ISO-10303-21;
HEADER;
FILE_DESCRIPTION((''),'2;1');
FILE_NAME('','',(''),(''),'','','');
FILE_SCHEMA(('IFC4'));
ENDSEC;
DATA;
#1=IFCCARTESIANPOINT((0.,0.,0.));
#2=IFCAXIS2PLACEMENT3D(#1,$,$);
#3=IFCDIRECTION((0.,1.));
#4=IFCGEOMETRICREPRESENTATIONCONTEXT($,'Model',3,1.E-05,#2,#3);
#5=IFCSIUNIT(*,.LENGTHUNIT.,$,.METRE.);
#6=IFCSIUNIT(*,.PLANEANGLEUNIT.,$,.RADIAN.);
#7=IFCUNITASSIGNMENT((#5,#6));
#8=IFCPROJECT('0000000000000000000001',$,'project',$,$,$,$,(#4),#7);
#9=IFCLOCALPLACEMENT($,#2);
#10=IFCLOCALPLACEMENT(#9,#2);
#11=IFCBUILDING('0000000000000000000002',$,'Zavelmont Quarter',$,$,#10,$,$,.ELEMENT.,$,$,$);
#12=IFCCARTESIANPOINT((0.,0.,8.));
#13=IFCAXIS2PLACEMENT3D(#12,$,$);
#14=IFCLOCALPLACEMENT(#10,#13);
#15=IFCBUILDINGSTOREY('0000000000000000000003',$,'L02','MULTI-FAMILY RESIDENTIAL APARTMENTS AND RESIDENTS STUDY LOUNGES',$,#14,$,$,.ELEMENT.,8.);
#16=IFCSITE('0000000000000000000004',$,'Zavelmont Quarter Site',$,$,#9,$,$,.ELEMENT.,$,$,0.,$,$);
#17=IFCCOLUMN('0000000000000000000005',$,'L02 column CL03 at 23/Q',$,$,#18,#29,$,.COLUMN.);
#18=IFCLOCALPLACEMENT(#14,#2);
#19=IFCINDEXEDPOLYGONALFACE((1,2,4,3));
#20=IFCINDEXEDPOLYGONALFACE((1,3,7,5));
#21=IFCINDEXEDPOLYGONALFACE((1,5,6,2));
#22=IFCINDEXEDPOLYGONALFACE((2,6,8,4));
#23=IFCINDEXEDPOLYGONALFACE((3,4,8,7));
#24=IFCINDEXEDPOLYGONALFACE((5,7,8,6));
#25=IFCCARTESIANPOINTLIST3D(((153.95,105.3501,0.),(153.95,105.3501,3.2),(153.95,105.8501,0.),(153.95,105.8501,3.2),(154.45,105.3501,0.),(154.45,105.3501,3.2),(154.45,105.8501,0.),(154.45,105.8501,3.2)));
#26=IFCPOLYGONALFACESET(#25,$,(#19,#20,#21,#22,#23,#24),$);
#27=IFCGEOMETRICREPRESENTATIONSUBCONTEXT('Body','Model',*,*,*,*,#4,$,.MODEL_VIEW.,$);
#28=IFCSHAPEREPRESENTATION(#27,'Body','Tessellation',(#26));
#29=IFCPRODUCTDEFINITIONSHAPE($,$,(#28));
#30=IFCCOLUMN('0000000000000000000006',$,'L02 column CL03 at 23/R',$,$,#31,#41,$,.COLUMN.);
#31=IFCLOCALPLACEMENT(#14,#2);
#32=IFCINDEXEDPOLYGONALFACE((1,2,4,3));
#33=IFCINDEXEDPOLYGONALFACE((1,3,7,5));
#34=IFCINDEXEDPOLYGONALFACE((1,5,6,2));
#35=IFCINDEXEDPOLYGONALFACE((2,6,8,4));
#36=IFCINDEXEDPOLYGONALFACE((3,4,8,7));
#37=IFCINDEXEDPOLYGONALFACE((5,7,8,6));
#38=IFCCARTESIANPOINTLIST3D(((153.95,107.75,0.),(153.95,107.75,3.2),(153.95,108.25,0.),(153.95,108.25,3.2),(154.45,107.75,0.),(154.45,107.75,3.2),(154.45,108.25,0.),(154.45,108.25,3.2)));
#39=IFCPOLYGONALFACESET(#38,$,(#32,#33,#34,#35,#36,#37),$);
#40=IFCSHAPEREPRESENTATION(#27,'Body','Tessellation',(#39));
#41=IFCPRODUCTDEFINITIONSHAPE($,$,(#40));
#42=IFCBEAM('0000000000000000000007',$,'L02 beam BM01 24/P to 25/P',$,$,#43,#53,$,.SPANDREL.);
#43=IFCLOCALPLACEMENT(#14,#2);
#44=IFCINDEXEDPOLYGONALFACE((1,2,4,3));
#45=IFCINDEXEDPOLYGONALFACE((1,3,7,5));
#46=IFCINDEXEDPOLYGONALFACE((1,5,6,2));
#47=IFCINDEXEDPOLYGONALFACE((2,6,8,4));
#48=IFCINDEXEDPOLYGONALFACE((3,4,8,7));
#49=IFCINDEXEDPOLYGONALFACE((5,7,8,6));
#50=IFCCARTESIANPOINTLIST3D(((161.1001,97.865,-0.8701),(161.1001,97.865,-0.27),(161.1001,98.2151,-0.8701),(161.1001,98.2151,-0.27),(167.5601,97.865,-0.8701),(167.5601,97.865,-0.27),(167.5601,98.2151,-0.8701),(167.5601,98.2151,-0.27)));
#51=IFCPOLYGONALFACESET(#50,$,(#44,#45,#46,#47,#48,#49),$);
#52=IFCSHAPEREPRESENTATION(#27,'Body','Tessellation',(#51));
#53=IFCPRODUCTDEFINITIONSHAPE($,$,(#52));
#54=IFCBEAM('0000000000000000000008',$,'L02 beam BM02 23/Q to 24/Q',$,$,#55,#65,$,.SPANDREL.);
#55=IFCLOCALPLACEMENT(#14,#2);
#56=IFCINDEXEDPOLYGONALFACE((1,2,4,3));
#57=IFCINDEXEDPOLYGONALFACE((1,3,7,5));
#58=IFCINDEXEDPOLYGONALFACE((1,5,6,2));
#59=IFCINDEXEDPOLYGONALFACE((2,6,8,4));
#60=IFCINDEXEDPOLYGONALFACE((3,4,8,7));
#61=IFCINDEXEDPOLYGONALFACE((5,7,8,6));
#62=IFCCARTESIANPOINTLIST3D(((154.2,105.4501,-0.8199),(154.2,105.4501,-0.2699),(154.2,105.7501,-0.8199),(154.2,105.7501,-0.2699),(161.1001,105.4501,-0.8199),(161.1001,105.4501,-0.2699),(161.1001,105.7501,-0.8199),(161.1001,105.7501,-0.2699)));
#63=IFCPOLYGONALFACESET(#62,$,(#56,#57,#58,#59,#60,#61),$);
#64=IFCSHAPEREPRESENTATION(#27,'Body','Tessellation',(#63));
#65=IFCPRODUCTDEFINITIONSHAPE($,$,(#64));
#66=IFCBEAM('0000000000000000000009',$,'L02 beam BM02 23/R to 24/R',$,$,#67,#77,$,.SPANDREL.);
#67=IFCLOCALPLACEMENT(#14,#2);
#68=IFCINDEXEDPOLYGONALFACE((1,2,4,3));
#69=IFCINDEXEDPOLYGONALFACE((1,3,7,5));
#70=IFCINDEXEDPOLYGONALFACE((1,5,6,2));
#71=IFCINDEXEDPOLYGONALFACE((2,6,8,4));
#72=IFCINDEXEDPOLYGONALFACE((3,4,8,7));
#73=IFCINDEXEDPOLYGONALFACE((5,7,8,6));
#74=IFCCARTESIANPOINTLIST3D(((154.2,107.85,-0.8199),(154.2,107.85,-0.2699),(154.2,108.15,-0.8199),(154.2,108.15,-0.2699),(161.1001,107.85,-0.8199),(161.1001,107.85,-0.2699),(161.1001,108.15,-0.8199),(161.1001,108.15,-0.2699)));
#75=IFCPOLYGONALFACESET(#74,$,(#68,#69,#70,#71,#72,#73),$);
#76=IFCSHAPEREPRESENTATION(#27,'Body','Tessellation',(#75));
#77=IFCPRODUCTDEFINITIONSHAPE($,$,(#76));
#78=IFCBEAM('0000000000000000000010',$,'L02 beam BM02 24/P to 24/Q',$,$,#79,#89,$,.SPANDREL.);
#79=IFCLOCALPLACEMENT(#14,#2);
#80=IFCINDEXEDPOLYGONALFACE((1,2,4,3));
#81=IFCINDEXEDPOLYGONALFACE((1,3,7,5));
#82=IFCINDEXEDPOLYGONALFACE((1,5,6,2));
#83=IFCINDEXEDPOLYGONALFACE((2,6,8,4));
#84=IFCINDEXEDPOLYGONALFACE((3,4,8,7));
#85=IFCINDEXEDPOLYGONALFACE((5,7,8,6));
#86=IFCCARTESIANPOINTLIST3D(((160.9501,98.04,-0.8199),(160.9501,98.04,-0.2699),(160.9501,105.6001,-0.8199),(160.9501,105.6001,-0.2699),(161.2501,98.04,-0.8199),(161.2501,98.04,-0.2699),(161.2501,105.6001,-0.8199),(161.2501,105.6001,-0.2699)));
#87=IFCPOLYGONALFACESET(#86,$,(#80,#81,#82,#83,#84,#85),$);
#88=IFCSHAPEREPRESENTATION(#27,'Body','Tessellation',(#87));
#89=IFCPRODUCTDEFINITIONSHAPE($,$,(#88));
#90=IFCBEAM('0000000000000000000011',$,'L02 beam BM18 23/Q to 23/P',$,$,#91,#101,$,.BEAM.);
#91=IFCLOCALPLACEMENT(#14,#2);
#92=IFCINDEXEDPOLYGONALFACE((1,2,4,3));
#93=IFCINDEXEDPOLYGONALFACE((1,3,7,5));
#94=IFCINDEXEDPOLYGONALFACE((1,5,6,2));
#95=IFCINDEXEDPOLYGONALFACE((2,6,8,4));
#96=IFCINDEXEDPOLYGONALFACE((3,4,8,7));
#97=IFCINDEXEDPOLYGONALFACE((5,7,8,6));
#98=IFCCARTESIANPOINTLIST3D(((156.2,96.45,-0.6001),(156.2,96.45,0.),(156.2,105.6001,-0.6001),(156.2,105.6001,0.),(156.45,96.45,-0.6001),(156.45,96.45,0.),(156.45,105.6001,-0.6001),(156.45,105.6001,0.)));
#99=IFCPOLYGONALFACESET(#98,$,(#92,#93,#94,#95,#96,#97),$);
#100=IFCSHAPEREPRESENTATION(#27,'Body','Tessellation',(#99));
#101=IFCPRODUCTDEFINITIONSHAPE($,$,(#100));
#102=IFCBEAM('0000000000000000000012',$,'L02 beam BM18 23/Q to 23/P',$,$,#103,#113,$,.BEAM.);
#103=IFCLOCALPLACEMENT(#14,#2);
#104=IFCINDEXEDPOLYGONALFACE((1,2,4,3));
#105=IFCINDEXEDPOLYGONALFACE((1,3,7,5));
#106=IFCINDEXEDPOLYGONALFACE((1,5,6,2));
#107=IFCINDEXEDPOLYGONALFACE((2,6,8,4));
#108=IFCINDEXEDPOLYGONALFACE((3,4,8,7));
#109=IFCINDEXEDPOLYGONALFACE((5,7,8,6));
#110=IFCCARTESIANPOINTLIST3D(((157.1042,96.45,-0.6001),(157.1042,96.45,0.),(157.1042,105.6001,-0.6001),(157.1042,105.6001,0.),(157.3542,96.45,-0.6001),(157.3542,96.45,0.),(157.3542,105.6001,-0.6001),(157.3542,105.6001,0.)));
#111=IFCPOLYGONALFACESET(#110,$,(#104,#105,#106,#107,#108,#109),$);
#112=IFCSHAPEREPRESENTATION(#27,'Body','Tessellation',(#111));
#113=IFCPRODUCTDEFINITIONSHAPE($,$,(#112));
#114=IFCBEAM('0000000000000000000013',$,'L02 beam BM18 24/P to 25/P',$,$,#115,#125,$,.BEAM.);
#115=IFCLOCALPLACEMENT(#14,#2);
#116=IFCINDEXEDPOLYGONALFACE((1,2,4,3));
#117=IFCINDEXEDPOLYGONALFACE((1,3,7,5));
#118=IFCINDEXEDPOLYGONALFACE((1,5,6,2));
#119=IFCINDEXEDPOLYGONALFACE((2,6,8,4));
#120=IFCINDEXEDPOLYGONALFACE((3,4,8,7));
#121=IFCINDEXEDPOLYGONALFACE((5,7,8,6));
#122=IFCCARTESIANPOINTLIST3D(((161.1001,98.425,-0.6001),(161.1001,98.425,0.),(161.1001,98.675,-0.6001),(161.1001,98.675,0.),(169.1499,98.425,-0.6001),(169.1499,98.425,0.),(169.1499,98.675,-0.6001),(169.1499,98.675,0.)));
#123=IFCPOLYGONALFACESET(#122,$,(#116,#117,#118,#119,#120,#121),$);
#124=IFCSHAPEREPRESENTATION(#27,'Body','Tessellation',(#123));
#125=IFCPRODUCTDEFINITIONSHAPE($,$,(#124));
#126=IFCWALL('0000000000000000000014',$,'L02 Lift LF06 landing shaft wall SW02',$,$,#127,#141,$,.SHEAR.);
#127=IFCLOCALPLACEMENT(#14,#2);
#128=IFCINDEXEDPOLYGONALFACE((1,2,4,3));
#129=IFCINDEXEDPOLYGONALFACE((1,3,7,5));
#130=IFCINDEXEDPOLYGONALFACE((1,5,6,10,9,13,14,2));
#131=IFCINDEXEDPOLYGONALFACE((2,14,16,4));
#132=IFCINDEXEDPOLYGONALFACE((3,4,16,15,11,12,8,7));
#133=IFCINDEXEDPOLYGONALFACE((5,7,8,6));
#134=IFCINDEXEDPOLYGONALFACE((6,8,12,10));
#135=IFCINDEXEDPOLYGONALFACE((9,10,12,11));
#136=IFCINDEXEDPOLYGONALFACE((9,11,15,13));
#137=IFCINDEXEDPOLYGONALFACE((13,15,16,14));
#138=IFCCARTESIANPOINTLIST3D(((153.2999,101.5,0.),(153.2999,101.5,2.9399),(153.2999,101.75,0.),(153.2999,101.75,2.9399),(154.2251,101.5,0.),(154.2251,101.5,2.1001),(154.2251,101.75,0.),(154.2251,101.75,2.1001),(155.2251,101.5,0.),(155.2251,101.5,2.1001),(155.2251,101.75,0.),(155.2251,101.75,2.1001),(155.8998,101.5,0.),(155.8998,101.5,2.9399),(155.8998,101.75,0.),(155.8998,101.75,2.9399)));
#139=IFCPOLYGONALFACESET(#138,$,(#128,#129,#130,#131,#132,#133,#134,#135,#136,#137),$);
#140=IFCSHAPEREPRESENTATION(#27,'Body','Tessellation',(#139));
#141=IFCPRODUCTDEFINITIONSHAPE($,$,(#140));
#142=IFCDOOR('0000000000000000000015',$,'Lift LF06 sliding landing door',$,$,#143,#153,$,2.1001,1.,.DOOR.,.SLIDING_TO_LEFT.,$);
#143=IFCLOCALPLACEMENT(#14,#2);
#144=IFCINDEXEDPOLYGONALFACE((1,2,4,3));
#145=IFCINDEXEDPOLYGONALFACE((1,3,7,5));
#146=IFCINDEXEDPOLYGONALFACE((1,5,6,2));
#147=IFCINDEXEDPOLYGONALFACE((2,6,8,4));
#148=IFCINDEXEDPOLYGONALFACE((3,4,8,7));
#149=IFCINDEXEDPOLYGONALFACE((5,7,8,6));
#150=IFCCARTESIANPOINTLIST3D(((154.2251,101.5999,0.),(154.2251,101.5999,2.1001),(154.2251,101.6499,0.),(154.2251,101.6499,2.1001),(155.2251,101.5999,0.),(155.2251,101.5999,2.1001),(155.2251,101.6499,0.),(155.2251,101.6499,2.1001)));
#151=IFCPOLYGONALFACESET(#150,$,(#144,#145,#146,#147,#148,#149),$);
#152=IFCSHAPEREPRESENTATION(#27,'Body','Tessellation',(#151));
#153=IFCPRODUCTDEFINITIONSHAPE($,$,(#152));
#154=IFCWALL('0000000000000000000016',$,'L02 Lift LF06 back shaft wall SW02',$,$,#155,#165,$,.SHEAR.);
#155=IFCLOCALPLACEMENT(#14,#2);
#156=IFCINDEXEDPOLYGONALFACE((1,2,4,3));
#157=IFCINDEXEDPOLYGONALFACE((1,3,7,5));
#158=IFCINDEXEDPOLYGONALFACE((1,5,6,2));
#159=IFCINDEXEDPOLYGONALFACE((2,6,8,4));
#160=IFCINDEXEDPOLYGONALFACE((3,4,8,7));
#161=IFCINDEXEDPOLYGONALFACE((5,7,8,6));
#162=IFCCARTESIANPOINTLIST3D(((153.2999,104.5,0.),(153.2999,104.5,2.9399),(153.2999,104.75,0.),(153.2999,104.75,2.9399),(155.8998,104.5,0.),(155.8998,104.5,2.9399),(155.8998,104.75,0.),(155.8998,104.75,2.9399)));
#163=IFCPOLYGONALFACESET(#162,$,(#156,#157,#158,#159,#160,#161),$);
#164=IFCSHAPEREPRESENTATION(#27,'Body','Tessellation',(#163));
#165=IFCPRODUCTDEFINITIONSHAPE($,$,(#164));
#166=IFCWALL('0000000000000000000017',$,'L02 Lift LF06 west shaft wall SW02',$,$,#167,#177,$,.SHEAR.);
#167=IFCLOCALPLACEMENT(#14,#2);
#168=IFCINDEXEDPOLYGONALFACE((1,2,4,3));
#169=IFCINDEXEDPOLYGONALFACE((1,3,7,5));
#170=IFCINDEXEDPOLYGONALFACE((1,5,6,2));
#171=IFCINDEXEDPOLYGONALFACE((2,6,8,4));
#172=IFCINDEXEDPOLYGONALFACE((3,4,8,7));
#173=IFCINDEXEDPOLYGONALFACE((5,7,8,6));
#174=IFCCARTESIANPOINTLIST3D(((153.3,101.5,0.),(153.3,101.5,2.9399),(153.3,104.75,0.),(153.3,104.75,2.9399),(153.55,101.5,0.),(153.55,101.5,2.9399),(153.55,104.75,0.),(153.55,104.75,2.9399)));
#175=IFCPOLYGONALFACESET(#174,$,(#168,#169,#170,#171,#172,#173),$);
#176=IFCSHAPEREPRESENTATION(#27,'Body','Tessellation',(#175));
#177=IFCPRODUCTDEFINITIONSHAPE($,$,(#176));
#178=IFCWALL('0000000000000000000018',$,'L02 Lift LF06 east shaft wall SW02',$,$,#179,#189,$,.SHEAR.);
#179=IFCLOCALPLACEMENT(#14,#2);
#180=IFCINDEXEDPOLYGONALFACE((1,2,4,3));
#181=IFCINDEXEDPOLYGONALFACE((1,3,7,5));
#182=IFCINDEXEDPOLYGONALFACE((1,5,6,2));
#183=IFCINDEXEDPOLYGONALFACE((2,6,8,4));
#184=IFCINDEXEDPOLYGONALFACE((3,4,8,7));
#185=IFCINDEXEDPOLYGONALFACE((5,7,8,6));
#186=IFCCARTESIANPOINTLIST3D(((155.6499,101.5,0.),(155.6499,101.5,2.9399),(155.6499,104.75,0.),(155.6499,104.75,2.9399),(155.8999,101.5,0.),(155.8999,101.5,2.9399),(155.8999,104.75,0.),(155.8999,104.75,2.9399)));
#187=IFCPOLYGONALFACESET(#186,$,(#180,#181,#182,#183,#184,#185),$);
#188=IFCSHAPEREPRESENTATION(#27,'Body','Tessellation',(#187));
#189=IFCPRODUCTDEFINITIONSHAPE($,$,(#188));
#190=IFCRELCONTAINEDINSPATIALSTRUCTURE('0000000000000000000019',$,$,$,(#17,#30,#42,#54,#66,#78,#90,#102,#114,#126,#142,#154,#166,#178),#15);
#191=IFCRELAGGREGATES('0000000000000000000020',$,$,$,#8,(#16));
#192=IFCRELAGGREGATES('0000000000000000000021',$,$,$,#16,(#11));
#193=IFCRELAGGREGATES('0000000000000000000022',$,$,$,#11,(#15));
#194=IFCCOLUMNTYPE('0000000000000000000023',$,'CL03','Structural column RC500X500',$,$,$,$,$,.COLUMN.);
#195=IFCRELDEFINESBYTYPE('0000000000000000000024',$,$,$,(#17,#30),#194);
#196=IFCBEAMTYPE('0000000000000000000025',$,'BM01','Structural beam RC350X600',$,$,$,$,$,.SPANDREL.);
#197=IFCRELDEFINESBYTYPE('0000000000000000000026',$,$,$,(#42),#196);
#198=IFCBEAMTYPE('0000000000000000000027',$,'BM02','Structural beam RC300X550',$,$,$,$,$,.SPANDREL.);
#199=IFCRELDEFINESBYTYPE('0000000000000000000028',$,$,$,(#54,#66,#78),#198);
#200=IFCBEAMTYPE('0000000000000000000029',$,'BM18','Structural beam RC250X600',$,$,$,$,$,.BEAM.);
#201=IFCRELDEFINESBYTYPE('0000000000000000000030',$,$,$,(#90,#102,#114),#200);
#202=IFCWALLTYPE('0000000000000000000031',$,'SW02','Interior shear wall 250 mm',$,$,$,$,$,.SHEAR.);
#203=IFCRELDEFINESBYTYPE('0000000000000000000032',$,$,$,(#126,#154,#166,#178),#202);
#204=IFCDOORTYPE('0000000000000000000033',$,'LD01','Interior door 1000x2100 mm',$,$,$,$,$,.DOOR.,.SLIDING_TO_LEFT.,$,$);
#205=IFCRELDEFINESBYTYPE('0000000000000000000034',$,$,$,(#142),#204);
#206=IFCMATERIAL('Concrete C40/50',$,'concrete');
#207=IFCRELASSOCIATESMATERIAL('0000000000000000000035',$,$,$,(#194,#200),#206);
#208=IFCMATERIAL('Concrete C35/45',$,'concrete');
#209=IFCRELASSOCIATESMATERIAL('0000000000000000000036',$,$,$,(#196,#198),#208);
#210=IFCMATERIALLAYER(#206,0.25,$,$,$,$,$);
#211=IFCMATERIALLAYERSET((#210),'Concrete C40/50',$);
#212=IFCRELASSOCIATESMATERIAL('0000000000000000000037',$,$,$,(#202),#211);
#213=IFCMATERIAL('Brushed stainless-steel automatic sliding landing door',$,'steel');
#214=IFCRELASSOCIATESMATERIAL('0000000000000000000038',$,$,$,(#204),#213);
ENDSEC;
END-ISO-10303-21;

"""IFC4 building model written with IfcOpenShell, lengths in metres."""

from ifc_helpers import new_model, si_unit, direction, frame, frame_2d, origin, origin_with_axes, origin_2d, place, context, subcontext, project, spatial, rectangle, extrude, material, layer, layer_set, material_profile, profile_set, type_object, element, fill, save


model = new_model("IFC4")

# Units and contexts
model_context = context("Model", 3, precision=1e-05, world=origin(), true_north=direction((0.0, 1.0)))
body_context = subcontext(model_context, "Body", "Model", "MODEL_VIEW")
ifc_project = project(units=[si_unit("LENGTHUNIT", "METRE"), si_unit("PLANEANGLEUNIT", "RADIAN")], contexts=[model_context])

# Site, building, storey
site_placement = place(None, origin())
site = spatial("IfcSite", under=ifc_project, at=site_placement, Name="Zavelmont Quarter Site", CompositionType="ELEMENT", RefElevation=0.0)
building_placement = place(site_placement, origin())
building = spatial("IfcBuilding", under=site, at=building_placement, Name="Zavelmont Quarter", CompositionType="ELEMENT")
storey_placement = place(building_placement, frame((0.0, 0.0, 8.0)))
storey = spatial("IfcBuildingStorey", under=building, at=storey_placement, Name="L02", Description="MULTI-FAMILY RESIDENTIAL APARTMENTS AND RESIDENTS STUDY LOUNGES", CompositionType="ELEMENT", Elevation=8.0)

# Columns
ifc_material_1 = material(Name="Concrete C40/50", Category="concrete")
ifc_material_profile_1 = material_profile(ifc_material_1, rectangle(XDim=0.5, YDim=0.5, at=origin_2d()), Name="RC500X500")
ifc_profile_set_1 = profile_set([ifc_material_profile_1], Name="Concrete C40/50")
column_type = type_object("IfcColumnType", Name="CL03", Description="Structural column RC500X500", PredefinedType="COLUMN", material=ifc_profile_set_1)
for number, where, z_axis, x_axis, name in (
    (1, (154.2, 105.6001, 0.0), (0.0, 0.0, 1.0), (1.0, 0.0, 0.0), "L02 column CL03 at 23/Q"),
    (2, (154.2, 108.0, 0.0), (0.0, 0.0, 1.0), (1.0, 0.0, 0.0), "L02 column CL03 at 23/R"),
):
    element("IfcColumn", number, at=place(storey_placement, frame(where, z_axis=z_axis, x_axis=x_axis)), inside=storey, type_object=column_type, Name=name, PredefinedType="COLUMN", context=body_context, shape_type="SweptSolid", body=[
        extrude(rectangle(XDim=0.5, YDim=0.5, at=origin_2d()), origin(), (0.0, 0.0, 1.0), 3.2),
    ])

# Beams
ifc_material_2 = material(Name="Concrete C35/45", Category="concrete")
ifc_material_profile_2 = material_profile(ifc_material_2, rectangle(XDim=0.3501, YDim=0.6001, at=origin_2d()), Name="RC350X600")
ifc_profile_set_2 = profile_set([ifc_material_profile_2], Name="Concrete C35/45")
beam_type_1 = type_object("IfcBeamType", Name="BM01", Description="Structural beam RC350X600", PredefinedType="SPANDREL", material=ifc_profile_set_2)
beam_1_placement = place(storey_placement, frame((161.1001, 98.04, -0.5701), z_axis=(1.0, 0.0, 0.0), x_axis=(0.0, 1.0, 0.0)))
element("IfcBeam", 3, at=beam_1_placement, inside=storey, type_object=beam_type_1, Name="L02 beam BM01 24/P to 25/P", PredefinedType="SPANDREL", context=body_context, shape_type="SweptSolid", body=[
    extrude(rectangle(XDim=0.3501, YDim=0.6001, at=origin_2d()), origin(), (0.0, 0.0, 1.0), 6.46),
])
ifc_material_profile_3 = material_profile(ifc_material_2, rectangle(XDim=0.3, YDim=0.55, at=origin_2d()), Name="RC300X550")
ifc_profile_set_3 = profile_set([ifc_material_profile_3], Name="Concrete C35/45")
beam_type_2 = type_object("IfcBeamType", Name="BM02", Description="Structural beam RC300X550", PredefinedType="SPANDREL", material=ifc_profile_set_3)
for number, where, z_axis, x_axis, name in (
    (4, (154.2, 105.6001, -0.5449), (1.0, 0.0, 0.0), (0.0, 1.0, 0.0), "L02 beam BM02 23/Q to 24/Q"),
    (5, (154.2, 108.0, -0.5449), (1.0, 0.0, 0.0), (0.0, 1.0, 0.0), "L02 beam BM02 23/R to 24/R"),
):
    element("IfcBeam", number, at=place(storey_placement, frame(where, z_axis=z_axis, x_axis=x_axis)), inside=storey, type_object=beam_type_2, Name=name, PredefinedType="SPANDREL", context=body_context, shape_type="SweptSolid", body=[
        extrude(rectangle(XDim=0.3, YDim=0.55, at=origin_2d()), origin(), (0.0, 0.0, 1.0), 6.9001),
    ])
beam_2_placement = place(storey_placement, frame((161.1001, 98.04, -0.5449), z_axis=(0.0, 1.0, 0.0), x_axis=(-1.0, 0.0, 0.0)))
element("IfcBeam", 6, at=beam_2_placement, inside=storey, type_object=beam_type_2, Name="L02 beam BM02 24/P to 24/Q", PredefinedType="SPANDREL", context=body_context, shape_type="SweptSolid", body=[
    extrude(rectangle(XDim=0.3, YDim=0.55, at=origin_2d()), origin(), (0.0, 0.0, 1.0), 7.5601),
])
ifc_material_profile_4 = material_profile(ifc_material_1, rectangle(XDim=0.25, YDim=0.6001, at=origin_2d()), Name="RC250X600")
ifc_profile_set_4 = profile_set([ifc_material_profile_4], Name="Concrete C40/50")
beam_type_3 = type_object("IfcBeamType", Name="BM18", Description="Structural beam RC250X600", PredefinedType="BEAM", material=ifc_profile_set_4)
for number, where, z_axis, x_axis, name in (
    (7, (156.325, 105.6001, -0.3), (0.0, -1.0, 0.0), (1.0, 0.0, 0.0), "L02 beam BM18 23/Q to 23/P"),
    (8, (157.2292, 105.6001, -0.3), (0.0, -1.0, 0.0), (1.0, 0.0, 0.0), "L02 beam BM18 23/Q to 23/P"),
):
    element("IfcBeam", number, at=place(storey_placement, frame(where, z_axis=z_axis, x_axis=x_axis)), inside=storey, type_object=beam_type_3, Name=name, PredefinedType="BEAM", context=body_context, shape_type="SweptSolid", body=[
        extrude(rectangle(XDim=0.25, YDim=0.6001, at=origin_2d()), origin(), (0.0, 0.0, 1.0), 9.1501),
    ])
beam_3_placement = place(storey_placement, frame((161.1001, 98.55, -0.3), z_axis=(1.0, 0.0, 0.0), x_axis=(0.0, 1.0, 0.0)))
element("IfcBeam", 9, at=beam_3_placement, inside=storey, type_object=beam_type_3, Name="L02 beam BM18 24/P to 25/P", PredefinedType="BEAM", context=body_context, shape_type="SweptSolid", body=[
    extrude(rectangle(XDim=0.25, YDim=0.6001, at=origin_2d()), origin(), (0.0, 0.0, 1.0), 8.0498),
])

# Wall, opening, door
ifc_layer_1 = layer(ifc_material_1, 0.25)
ifc_layer_set_1 = layer_set([ifc_layer_1], Name="Concrete C40/50")
wall_type_1 = type_object("IfcWallType", Name="SW02", Description="Interior shear wall 250 mm", PredefinedType="SHEAR", material=ifc_layer_set_1)
wall_1_placement = place(storey_placement, frame((153.3, 101.625, 0.0), z_axis=(0.0, 0.0, 1.0), x_axis=(1.0, 0.0, 0.0)))
wall_1 = element("IfcWall", 10, at=wall_1_placement, inside=storey, type_object=wall_type_1, Name="L02 Lift LF06 landing shaft wall SW02", PredefinedType="SHEAR", context=body_context, shape_type="SweptSolid", body=[
    extrude(rectangle(XDim=2.5999, YDim=0.25, at=frame_2d((1.2998, 0.0))), origin(), (0.0, 0.0, 1.0), 2.9399),
])
opening_1_placement = place(wall_1_placement, frame((0.925, 0.0, 0.0)))
opening_1 = element("IfcOpeningElement", 11, at=opening_1_placement, cuts=wall_1, PredefinedType="OPENING", context=body_context, shape_type="SweptSolid", body=[
    extrude(rectangle(XDim=1.0, YDim=2.1001, at=frame_2d((0.5, 1.05))), frame((0.0, 0.137, 0.0), z_axis=(0.0, -1.0, 0.0), x_axis=(1.0, 0.0, 0.0)), (0.0, 0.0, 1.0), 0.2739),
])
ifc_material_3 = material(Name="Brushed stainless-steel automatic sliding landing door", Category="steel")
door_type_1 = type_object("IfcDoorType", Name="LD01", Description="Interior door 1000x2100 mm", OperationType="SLIDING_TO_LEFT", PredefinedType="DOOR", material=ifc_material_3)
door_1_placement = place(opening_1_placement, origin_with_axes())
door_1 = element("IfcDoor", 12, at=door_1_placement, inside=storey, type_object=door_type_1, Name="Lift LF06 sliding landing door", OperationType="SLIDING_TO_LEFT", OverallHeight=2.1001, OverallWidth=1.0, PredefinedType="DOOR", context=body_context, shape_type="SweptSolid", body=[
    extrude(rectangle(XDim=1.0, YDim=2.1001, at=frame_2d((0.5, 1.05))), frame((0.0, 0.0249, 0.0), z_axis=(0.0, -1.0, 0.0), x_axis=(1.0, 0.0, 0.0)), (0.0, 0.0, 1.0), 0.05),
])
fill(opening_1, door_1)

# Walls
wall_2_placement = place(storey_placement, frame((153.3, 104.625, 0.0), z_axis=(0.0, 0.0, 1.0), x_axis=(1.0, 0.0, 0.0)))
element("IfcWall", 13, at=wall_2_placement, inside=storey, type_object=wall_type_1, Name="L02 Lift LF06 back shaft wall SW02", PredefinedType="SHEAR", context=body_context, shape_type="SweptSolid", body=[
    extrude(rectangle(XDim=2.5999, YDim=0.25, at=frame_2d((1.2998, 0.0))), origin(), (0.0, 0.0, 1.0), 2.9399),
])
for number, where, z_axis, x_axis, name in (
    (14, (153.425, 101.5, 0.0), (0.0, 0.0, 1.0), (0.0, 1.0, 0.0), "L02 Lift LF06 west shaft wall SW02"),
    (15, (155.7749, 101.5, 0.0), (0.0, 0.0, 1.0), (0.0, 1.0, 0.0), "L02 Lift LF06 east shaft wall SW02"),
):
    element("IfcWall", number, at=place(storey_placement, frame(where, z_axis=z_axis, x_axis=x_axis)), inside=storey, type_object=wall_type_1, Name=name, PredefinedType="SHEAR", context=body_context, shape_type="SweptSolid", body=[
        extrude(rectangle(XDim=3.25, YDim=0.25, at=frame_2d((1.625, 0.0))), origin(), (0.0, 0.0, 1.0), 2.9399),
    ])

save(model, "model.ifc")
